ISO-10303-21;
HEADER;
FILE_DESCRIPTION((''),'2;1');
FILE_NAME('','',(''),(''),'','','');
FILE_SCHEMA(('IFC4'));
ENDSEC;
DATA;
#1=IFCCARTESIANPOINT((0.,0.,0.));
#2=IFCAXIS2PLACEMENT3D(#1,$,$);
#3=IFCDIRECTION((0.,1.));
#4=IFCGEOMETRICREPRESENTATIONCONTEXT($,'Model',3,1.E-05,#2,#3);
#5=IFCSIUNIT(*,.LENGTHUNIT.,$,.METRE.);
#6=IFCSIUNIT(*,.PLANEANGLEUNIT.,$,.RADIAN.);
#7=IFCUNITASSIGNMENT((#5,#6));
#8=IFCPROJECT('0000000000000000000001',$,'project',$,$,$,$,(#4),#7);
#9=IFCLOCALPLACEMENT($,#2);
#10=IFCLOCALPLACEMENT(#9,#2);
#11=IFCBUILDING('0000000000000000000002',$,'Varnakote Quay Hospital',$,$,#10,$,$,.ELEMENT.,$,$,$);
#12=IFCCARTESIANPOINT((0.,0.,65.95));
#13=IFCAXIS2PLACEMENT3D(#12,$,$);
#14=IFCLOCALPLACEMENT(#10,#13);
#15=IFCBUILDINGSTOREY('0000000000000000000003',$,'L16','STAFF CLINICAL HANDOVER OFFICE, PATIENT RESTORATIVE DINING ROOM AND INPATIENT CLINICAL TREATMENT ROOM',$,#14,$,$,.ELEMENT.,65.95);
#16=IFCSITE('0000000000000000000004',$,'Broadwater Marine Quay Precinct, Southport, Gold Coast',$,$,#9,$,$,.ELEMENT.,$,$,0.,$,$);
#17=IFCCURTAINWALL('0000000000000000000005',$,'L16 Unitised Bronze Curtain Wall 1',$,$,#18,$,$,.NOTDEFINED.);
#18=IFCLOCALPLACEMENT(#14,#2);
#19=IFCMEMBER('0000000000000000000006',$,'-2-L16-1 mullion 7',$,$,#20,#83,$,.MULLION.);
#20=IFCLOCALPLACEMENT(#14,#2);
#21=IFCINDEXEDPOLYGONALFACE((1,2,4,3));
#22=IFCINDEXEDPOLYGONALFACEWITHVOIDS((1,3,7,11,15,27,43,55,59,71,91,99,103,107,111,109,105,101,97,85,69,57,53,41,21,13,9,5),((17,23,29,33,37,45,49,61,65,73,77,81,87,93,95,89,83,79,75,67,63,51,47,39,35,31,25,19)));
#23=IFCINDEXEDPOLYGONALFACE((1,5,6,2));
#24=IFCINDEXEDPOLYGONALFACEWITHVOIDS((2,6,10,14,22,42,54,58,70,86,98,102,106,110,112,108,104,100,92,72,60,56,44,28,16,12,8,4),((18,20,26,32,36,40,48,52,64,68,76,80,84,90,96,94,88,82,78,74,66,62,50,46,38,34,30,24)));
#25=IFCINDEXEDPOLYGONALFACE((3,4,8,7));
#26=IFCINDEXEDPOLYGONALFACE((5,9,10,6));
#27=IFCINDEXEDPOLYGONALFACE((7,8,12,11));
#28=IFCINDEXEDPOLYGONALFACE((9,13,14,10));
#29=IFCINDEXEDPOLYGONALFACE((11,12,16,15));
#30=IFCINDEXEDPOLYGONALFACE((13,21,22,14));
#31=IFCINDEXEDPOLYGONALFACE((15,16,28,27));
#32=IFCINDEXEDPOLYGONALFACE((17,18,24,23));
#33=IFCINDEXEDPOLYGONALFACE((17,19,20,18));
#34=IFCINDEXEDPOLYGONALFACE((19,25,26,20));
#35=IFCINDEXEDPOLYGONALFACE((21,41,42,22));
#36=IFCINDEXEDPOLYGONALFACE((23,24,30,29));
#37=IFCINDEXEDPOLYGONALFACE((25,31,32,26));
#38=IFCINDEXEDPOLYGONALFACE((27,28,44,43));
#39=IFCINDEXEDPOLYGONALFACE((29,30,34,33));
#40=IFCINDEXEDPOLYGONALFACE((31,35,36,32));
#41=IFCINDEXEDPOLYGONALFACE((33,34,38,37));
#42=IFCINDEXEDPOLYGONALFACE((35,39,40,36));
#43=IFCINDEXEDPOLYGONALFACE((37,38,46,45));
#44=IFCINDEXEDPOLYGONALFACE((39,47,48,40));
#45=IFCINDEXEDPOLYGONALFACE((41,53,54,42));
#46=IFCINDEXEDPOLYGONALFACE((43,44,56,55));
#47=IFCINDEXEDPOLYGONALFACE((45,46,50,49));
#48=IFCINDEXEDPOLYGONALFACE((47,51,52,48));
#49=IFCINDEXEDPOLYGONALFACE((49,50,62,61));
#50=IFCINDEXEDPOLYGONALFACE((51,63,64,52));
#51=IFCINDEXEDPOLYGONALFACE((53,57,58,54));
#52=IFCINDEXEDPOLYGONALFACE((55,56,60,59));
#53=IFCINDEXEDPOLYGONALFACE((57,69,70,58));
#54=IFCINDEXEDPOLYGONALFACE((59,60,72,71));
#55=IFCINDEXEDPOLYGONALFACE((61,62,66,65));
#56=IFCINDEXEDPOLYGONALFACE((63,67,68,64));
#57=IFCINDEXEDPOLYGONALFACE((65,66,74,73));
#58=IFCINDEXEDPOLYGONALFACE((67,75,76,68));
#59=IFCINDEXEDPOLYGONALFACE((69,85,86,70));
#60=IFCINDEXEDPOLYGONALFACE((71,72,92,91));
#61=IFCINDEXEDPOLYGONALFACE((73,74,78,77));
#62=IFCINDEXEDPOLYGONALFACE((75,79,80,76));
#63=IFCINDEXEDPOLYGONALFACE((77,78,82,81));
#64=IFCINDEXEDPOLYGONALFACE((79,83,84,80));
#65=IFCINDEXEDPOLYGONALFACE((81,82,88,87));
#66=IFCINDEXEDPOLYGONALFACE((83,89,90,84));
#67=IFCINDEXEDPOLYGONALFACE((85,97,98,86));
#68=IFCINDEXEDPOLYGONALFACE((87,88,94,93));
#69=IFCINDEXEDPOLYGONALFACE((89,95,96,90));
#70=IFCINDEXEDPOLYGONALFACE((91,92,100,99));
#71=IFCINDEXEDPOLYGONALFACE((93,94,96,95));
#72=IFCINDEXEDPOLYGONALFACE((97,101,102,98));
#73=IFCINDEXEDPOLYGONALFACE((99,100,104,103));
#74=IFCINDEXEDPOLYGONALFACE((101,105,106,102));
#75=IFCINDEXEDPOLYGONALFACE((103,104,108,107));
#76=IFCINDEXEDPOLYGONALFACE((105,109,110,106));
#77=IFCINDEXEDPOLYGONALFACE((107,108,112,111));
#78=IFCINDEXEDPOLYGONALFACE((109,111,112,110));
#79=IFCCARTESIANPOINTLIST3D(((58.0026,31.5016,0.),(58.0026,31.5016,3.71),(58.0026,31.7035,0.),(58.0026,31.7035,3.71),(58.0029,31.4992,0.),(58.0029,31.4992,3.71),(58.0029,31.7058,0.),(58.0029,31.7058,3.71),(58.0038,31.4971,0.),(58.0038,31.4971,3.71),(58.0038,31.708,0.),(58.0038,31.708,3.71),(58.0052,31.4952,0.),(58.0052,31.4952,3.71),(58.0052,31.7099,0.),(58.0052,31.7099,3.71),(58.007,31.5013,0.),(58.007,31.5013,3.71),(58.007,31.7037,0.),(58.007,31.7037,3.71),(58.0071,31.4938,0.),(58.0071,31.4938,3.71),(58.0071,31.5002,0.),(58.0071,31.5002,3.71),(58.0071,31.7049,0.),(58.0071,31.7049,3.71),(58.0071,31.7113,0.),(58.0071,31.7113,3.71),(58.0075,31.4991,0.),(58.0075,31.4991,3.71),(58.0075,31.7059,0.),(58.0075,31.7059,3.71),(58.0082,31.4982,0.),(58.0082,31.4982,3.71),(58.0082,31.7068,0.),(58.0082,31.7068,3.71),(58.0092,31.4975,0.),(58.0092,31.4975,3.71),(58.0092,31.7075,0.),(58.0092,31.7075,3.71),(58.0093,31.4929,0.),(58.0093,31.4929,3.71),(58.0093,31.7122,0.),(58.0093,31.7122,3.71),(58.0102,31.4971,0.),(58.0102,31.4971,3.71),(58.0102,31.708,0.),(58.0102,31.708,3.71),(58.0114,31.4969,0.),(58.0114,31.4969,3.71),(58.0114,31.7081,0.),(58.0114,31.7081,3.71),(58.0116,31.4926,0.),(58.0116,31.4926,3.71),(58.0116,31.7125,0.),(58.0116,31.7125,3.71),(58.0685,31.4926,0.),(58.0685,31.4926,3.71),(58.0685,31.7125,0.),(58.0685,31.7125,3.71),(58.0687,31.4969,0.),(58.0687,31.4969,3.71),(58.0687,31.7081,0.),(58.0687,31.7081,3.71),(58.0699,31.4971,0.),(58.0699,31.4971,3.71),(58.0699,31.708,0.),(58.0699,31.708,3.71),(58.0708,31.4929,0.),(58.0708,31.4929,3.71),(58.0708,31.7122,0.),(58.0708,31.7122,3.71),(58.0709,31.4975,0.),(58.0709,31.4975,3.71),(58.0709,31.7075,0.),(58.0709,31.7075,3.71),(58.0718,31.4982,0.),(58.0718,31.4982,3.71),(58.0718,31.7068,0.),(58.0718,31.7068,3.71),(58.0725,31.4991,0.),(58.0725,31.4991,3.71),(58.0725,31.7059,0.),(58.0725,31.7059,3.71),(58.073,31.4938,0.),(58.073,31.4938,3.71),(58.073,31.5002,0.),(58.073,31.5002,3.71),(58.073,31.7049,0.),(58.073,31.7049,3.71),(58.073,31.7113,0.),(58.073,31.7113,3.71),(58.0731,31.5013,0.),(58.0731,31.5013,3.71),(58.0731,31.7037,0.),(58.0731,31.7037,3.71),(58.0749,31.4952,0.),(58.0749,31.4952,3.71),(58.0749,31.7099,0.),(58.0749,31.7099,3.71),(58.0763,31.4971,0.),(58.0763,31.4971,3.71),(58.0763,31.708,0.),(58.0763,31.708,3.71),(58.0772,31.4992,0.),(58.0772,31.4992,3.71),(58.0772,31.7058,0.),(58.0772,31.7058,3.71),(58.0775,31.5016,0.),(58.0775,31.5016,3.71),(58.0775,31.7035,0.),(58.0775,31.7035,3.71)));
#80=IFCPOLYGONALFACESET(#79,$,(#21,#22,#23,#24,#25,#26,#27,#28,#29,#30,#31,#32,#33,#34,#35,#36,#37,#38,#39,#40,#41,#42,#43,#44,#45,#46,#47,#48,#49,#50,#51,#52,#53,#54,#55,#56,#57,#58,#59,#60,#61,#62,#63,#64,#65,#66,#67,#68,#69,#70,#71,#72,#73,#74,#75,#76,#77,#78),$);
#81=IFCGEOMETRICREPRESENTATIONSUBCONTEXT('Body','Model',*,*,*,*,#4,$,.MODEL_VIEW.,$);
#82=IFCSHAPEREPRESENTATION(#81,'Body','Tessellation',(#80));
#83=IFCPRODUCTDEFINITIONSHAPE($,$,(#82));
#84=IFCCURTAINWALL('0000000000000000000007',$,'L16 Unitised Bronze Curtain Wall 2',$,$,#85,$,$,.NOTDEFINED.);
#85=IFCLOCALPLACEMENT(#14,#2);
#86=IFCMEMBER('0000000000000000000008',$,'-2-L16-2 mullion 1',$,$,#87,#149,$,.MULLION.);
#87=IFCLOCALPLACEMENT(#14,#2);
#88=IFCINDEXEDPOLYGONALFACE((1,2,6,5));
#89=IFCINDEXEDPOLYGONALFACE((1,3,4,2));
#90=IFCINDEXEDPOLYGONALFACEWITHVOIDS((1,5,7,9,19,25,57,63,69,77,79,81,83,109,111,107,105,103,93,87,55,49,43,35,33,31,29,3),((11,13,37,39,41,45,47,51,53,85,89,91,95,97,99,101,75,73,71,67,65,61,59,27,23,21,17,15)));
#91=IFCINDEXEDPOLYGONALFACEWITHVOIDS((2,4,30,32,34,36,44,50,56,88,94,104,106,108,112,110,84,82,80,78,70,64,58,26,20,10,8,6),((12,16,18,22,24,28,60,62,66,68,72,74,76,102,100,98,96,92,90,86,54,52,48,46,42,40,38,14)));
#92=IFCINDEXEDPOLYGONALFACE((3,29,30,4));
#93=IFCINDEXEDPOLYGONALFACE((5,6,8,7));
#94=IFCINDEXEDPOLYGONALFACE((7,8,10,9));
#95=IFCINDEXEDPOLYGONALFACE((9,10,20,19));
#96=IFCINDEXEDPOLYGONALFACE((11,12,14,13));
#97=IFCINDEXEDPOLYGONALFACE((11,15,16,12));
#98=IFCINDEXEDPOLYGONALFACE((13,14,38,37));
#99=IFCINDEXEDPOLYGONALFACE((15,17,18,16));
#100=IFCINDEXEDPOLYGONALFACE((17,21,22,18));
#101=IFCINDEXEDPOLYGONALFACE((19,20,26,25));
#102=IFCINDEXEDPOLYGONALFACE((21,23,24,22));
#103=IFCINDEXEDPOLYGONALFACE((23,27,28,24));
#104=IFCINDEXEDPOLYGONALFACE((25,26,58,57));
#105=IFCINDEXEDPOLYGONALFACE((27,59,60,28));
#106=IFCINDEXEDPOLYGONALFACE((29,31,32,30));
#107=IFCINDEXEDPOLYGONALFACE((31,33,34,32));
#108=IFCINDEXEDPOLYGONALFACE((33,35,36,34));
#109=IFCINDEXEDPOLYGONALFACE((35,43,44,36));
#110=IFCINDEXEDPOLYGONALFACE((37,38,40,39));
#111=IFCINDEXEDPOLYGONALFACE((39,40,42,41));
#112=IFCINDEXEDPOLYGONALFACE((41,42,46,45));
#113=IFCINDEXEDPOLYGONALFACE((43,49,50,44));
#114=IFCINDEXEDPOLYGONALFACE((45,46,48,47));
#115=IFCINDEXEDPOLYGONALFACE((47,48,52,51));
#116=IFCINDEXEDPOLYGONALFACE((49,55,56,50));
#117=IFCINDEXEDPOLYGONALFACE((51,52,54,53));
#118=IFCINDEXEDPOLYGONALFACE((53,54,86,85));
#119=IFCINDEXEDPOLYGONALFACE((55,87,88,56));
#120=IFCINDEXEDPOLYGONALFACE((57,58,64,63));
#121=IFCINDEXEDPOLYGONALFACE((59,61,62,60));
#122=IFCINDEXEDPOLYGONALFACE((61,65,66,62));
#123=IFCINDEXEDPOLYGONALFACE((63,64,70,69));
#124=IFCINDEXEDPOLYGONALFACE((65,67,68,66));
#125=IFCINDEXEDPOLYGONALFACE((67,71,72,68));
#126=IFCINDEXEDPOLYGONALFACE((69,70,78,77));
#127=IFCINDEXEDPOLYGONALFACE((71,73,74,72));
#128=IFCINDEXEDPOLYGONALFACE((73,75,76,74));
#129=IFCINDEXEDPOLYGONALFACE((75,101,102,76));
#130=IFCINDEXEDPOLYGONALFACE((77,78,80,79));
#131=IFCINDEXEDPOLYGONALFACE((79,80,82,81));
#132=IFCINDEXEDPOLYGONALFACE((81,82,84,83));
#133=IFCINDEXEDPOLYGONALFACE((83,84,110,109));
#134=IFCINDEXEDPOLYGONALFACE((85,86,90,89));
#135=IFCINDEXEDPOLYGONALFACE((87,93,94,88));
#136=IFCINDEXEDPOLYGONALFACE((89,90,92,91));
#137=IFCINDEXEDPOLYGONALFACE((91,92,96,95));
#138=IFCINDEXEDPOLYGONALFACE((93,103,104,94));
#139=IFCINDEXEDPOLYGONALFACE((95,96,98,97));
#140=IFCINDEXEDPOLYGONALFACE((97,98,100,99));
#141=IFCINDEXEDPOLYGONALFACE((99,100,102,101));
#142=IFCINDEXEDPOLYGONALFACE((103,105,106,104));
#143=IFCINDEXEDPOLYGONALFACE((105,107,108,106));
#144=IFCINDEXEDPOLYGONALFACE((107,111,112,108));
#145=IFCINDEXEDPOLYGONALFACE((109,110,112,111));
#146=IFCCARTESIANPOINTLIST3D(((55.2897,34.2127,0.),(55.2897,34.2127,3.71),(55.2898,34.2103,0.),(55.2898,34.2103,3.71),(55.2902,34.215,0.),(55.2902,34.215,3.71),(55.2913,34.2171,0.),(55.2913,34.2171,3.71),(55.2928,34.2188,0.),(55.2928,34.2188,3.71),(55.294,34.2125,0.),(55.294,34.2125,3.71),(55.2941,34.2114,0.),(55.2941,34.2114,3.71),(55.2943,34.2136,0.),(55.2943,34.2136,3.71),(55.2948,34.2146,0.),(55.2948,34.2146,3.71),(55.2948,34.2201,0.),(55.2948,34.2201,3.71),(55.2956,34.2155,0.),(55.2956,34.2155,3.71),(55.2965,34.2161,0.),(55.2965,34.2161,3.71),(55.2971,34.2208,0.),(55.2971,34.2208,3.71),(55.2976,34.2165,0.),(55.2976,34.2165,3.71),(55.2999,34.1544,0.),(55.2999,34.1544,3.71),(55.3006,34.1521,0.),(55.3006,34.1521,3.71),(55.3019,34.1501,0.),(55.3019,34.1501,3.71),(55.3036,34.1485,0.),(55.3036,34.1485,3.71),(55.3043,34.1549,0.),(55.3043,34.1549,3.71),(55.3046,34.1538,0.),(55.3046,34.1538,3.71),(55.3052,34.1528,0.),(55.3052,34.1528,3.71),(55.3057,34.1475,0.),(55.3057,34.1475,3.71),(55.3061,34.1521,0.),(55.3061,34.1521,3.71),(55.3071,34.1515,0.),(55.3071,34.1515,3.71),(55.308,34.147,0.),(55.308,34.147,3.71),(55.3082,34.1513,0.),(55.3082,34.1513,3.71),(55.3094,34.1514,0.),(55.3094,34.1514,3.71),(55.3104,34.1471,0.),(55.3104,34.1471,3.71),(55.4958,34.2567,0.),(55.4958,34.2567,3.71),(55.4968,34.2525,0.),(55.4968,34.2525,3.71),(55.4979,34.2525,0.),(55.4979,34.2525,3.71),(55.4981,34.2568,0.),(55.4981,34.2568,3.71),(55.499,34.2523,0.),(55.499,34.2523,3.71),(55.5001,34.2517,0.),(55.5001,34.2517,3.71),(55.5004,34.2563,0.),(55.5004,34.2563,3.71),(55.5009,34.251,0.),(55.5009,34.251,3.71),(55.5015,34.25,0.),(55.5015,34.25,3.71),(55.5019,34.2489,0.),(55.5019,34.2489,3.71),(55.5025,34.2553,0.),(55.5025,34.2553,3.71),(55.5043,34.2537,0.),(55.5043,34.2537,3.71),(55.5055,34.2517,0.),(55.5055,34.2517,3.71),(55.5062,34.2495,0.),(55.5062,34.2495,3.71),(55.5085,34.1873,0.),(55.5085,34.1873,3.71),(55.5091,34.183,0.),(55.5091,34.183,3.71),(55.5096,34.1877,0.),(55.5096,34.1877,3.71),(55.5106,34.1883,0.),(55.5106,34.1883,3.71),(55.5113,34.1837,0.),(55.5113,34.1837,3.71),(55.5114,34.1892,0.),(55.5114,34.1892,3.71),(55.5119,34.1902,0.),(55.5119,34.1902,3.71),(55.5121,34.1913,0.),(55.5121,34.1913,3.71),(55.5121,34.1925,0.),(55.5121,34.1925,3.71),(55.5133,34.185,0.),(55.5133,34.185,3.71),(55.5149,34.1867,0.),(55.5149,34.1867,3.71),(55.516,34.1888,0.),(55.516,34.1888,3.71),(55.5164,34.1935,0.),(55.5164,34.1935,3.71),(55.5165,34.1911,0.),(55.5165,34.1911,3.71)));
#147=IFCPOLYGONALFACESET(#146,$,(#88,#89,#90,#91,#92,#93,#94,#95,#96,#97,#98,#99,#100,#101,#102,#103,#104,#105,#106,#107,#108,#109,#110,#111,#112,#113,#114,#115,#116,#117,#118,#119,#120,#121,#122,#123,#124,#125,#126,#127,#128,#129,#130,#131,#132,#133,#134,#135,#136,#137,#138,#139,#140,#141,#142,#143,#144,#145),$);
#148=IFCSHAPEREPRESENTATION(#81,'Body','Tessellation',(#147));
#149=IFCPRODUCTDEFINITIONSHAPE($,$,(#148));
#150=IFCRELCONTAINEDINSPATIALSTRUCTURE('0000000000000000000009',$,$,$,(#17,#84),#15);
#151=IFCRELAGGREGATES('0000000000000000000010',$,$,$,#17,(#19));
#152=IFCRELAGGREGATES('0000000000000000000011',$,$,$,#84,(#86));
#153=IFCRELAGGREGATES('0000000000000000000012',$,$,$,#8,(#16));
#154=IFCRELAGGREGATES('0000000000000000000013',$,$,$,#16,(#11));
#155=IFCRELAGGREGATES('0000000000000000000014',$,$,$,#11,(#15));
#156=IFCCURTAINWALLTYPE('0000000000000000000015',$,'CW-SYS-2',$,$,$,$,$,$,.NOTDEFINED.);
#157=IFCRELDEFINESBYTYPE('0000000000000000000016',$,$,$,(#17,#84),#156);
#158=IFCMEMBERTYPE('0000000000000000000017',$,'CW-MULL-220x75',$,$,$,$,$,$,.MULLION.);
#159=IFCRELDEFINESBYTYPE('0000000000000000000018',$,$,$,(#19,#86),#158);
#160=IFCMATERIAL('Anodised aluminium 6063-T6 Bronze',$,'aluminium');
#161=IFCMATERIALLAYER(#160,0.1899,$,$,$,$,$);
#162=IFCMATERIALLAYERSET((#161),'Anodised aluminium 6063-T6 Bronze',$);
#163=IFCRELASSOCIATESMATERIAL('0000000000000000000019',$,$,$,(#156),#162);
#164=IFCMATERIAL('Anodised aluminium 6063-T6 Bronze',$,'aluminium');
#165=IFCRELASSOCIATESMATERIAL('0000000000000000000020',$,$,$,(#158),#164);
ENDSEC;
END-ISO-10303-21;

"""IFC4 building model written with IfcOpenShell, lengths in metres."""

from ifc_helpers import new_model, si_unit, direction, frame, origin, origin_2d, place, context, subcontext, project, spatial, hollow_rectangle, extrude, material, layer, layer_set, material_profile, profile_set, type_object, element, aggregate, save


model = new_model("IFC4")

# Units and contexts
model_context = context("Model", 3, precision=1e-05, world=origin(), true_north=direction((0.0, 1.0)))
body_context = subcontext(model_context, "Body", "Model", "MODEL_VIEW")
ifc_project = project(units=[si_unit("LENGTHUNIT", "METRE"), si_unit("PLANEANGLEUNIT", "RADIAN")], contexts=[model_context])

# Site, building, storey
site_placement = place(None, origin())
site = spatial("IfcSite", under=ifc_project, at=site_placement, Name="Broadwater Marine Quay Precinct, Southport, Gold Coast", CompositionType="ELEMENT", RefElevation=0.0)
building_placement = place(site_placement, origin())
building = spatial("IfcBuilding", under=site, at=building_placement, Name="Varnakote Quay Hospital", CompositionType="ELEMENT")
storey_placement = place(building_placement, frame((0.0, 0.0, 65.95)))
storey = spatial("IfcBuildingStorey", under=building, at=storey_placement, Name="L16", Description="STAFF CLINICAL HANDOVER OFFICE, PATIENT RESTORATIVE DINING ROOM AND INPATIENT CLINICAL TREATMENT ROOM", CompositionType="ELEMENT", Elevation=65.95)

# Curtain wall, member
ifc_material_1 = material(Name="Anodised aluminium 6063-T6 Bronze", Category="aluminium")
ifc_layer_1 = layer(ifc_material_1, 0.1899)
ifc_layer_set_1 = layer_set([ifc_layer_1], Name="Anodised aluminium 6063-T6 Bronze")
curtain_wall_type = type_object("IfcCurtainWallType", Name="CW-SYS-2", PredefinedType="NOTDEFINED", material=ifc_layer_set_1)
curtain_wall_1_placement = place(storey_placement, origin())
curtain_wall_1 = element("IfcCurtainWall", 1, at=curtain_wall_1_placement, inside=storey, type_object=curtain_wall_type, Name="L16 Unitised Bronze Curtain Wall 1", PredefinedType="NOTDEFINED")
ifc_material_2 = material(Name="Anodised aluminium 6063-T6 Bronze", Category="aluminium")
ifc_material_profile_1 = material_profile(ifc_material_2, hollow_rectangle(XDim=0.075, YDim=0.22, WallThickness=0.0044, InnerFilletRadius=0.0044, OuterFilletRadius=0.009, at=origin_2d()), Name="CW-MULL-220x75")
ifc_profile_set_1 = profile_set([ifc_material_profile_1], Name="Anodised aluminium 6063-T6 Bronze")
member_type_1 = type_object("IfcMemberType", Name="CW-MULL-220x75", PredefinedType="MULLION", material=ifc_profile_set_1)
member_1_placement = place(storey_placement, frame((58.04, 31.6025, 0.0), z_axis=(0.0, 0.0, 1.0), x_axis=(-1.0, 0.0, 0.0)))
member_1 = element("IfcMember", 2, at=member_1_placement, type_object=member_type_1, Name="-2-L16-1 mullion 7", PredefinedType="MULLION", context=body_context, shape_type="SweptSolid", body=[
    extrude(hollow_rectangle(XDim=0.075, YDim=0.22, WallThickness=0.0044, InnerFilletRadius=0.0044, OuterFilletRadius=0.009, at=origin_2d()), origin(), (0.0, 0.0, 1.0), 3.71),
])

# Curtain wall, member
curtain_wall_2_placement = place(storey_placement, origin())
curtain_wall_2 = element("IfcCurtainWall", 3, at=curtain_wall_2_placement, inside=storey, type_object=curtain_wall_type, Name="L16 Unitised Bronze Curtain Wall 2", PredefinedType="NOTDEFINED")
member_2_placement = place(storey_placement, frame((55.4031, 34.2019, 0.0), z_axis=(0.0, 0.0, 1.0), x_axis=(0.177846, -0.984058, 0.0)))
member_2 = element("IfcMember", 4, at=member_2_placement, type_object=member_type_1, Name="-2-L16-2 mullion 1", PredefinedType="MULLION", context=body_context, shape_type="SweptSolid", body=[
    extrude(hollow_rectangle(XDim=0.075, YDim=0.22, WallThickness=0.0044, InnerFilletRadius=0.0044, OuterFilletRadius=0.009, at=origin_2d()), origin(), (0.0, 0.0, 1.0), 3.71),
])

aggregate(curtain_wall_1, [member_1])
aggregate(curtain_wall_2, [member_2])

save(model, "model.ifc")
